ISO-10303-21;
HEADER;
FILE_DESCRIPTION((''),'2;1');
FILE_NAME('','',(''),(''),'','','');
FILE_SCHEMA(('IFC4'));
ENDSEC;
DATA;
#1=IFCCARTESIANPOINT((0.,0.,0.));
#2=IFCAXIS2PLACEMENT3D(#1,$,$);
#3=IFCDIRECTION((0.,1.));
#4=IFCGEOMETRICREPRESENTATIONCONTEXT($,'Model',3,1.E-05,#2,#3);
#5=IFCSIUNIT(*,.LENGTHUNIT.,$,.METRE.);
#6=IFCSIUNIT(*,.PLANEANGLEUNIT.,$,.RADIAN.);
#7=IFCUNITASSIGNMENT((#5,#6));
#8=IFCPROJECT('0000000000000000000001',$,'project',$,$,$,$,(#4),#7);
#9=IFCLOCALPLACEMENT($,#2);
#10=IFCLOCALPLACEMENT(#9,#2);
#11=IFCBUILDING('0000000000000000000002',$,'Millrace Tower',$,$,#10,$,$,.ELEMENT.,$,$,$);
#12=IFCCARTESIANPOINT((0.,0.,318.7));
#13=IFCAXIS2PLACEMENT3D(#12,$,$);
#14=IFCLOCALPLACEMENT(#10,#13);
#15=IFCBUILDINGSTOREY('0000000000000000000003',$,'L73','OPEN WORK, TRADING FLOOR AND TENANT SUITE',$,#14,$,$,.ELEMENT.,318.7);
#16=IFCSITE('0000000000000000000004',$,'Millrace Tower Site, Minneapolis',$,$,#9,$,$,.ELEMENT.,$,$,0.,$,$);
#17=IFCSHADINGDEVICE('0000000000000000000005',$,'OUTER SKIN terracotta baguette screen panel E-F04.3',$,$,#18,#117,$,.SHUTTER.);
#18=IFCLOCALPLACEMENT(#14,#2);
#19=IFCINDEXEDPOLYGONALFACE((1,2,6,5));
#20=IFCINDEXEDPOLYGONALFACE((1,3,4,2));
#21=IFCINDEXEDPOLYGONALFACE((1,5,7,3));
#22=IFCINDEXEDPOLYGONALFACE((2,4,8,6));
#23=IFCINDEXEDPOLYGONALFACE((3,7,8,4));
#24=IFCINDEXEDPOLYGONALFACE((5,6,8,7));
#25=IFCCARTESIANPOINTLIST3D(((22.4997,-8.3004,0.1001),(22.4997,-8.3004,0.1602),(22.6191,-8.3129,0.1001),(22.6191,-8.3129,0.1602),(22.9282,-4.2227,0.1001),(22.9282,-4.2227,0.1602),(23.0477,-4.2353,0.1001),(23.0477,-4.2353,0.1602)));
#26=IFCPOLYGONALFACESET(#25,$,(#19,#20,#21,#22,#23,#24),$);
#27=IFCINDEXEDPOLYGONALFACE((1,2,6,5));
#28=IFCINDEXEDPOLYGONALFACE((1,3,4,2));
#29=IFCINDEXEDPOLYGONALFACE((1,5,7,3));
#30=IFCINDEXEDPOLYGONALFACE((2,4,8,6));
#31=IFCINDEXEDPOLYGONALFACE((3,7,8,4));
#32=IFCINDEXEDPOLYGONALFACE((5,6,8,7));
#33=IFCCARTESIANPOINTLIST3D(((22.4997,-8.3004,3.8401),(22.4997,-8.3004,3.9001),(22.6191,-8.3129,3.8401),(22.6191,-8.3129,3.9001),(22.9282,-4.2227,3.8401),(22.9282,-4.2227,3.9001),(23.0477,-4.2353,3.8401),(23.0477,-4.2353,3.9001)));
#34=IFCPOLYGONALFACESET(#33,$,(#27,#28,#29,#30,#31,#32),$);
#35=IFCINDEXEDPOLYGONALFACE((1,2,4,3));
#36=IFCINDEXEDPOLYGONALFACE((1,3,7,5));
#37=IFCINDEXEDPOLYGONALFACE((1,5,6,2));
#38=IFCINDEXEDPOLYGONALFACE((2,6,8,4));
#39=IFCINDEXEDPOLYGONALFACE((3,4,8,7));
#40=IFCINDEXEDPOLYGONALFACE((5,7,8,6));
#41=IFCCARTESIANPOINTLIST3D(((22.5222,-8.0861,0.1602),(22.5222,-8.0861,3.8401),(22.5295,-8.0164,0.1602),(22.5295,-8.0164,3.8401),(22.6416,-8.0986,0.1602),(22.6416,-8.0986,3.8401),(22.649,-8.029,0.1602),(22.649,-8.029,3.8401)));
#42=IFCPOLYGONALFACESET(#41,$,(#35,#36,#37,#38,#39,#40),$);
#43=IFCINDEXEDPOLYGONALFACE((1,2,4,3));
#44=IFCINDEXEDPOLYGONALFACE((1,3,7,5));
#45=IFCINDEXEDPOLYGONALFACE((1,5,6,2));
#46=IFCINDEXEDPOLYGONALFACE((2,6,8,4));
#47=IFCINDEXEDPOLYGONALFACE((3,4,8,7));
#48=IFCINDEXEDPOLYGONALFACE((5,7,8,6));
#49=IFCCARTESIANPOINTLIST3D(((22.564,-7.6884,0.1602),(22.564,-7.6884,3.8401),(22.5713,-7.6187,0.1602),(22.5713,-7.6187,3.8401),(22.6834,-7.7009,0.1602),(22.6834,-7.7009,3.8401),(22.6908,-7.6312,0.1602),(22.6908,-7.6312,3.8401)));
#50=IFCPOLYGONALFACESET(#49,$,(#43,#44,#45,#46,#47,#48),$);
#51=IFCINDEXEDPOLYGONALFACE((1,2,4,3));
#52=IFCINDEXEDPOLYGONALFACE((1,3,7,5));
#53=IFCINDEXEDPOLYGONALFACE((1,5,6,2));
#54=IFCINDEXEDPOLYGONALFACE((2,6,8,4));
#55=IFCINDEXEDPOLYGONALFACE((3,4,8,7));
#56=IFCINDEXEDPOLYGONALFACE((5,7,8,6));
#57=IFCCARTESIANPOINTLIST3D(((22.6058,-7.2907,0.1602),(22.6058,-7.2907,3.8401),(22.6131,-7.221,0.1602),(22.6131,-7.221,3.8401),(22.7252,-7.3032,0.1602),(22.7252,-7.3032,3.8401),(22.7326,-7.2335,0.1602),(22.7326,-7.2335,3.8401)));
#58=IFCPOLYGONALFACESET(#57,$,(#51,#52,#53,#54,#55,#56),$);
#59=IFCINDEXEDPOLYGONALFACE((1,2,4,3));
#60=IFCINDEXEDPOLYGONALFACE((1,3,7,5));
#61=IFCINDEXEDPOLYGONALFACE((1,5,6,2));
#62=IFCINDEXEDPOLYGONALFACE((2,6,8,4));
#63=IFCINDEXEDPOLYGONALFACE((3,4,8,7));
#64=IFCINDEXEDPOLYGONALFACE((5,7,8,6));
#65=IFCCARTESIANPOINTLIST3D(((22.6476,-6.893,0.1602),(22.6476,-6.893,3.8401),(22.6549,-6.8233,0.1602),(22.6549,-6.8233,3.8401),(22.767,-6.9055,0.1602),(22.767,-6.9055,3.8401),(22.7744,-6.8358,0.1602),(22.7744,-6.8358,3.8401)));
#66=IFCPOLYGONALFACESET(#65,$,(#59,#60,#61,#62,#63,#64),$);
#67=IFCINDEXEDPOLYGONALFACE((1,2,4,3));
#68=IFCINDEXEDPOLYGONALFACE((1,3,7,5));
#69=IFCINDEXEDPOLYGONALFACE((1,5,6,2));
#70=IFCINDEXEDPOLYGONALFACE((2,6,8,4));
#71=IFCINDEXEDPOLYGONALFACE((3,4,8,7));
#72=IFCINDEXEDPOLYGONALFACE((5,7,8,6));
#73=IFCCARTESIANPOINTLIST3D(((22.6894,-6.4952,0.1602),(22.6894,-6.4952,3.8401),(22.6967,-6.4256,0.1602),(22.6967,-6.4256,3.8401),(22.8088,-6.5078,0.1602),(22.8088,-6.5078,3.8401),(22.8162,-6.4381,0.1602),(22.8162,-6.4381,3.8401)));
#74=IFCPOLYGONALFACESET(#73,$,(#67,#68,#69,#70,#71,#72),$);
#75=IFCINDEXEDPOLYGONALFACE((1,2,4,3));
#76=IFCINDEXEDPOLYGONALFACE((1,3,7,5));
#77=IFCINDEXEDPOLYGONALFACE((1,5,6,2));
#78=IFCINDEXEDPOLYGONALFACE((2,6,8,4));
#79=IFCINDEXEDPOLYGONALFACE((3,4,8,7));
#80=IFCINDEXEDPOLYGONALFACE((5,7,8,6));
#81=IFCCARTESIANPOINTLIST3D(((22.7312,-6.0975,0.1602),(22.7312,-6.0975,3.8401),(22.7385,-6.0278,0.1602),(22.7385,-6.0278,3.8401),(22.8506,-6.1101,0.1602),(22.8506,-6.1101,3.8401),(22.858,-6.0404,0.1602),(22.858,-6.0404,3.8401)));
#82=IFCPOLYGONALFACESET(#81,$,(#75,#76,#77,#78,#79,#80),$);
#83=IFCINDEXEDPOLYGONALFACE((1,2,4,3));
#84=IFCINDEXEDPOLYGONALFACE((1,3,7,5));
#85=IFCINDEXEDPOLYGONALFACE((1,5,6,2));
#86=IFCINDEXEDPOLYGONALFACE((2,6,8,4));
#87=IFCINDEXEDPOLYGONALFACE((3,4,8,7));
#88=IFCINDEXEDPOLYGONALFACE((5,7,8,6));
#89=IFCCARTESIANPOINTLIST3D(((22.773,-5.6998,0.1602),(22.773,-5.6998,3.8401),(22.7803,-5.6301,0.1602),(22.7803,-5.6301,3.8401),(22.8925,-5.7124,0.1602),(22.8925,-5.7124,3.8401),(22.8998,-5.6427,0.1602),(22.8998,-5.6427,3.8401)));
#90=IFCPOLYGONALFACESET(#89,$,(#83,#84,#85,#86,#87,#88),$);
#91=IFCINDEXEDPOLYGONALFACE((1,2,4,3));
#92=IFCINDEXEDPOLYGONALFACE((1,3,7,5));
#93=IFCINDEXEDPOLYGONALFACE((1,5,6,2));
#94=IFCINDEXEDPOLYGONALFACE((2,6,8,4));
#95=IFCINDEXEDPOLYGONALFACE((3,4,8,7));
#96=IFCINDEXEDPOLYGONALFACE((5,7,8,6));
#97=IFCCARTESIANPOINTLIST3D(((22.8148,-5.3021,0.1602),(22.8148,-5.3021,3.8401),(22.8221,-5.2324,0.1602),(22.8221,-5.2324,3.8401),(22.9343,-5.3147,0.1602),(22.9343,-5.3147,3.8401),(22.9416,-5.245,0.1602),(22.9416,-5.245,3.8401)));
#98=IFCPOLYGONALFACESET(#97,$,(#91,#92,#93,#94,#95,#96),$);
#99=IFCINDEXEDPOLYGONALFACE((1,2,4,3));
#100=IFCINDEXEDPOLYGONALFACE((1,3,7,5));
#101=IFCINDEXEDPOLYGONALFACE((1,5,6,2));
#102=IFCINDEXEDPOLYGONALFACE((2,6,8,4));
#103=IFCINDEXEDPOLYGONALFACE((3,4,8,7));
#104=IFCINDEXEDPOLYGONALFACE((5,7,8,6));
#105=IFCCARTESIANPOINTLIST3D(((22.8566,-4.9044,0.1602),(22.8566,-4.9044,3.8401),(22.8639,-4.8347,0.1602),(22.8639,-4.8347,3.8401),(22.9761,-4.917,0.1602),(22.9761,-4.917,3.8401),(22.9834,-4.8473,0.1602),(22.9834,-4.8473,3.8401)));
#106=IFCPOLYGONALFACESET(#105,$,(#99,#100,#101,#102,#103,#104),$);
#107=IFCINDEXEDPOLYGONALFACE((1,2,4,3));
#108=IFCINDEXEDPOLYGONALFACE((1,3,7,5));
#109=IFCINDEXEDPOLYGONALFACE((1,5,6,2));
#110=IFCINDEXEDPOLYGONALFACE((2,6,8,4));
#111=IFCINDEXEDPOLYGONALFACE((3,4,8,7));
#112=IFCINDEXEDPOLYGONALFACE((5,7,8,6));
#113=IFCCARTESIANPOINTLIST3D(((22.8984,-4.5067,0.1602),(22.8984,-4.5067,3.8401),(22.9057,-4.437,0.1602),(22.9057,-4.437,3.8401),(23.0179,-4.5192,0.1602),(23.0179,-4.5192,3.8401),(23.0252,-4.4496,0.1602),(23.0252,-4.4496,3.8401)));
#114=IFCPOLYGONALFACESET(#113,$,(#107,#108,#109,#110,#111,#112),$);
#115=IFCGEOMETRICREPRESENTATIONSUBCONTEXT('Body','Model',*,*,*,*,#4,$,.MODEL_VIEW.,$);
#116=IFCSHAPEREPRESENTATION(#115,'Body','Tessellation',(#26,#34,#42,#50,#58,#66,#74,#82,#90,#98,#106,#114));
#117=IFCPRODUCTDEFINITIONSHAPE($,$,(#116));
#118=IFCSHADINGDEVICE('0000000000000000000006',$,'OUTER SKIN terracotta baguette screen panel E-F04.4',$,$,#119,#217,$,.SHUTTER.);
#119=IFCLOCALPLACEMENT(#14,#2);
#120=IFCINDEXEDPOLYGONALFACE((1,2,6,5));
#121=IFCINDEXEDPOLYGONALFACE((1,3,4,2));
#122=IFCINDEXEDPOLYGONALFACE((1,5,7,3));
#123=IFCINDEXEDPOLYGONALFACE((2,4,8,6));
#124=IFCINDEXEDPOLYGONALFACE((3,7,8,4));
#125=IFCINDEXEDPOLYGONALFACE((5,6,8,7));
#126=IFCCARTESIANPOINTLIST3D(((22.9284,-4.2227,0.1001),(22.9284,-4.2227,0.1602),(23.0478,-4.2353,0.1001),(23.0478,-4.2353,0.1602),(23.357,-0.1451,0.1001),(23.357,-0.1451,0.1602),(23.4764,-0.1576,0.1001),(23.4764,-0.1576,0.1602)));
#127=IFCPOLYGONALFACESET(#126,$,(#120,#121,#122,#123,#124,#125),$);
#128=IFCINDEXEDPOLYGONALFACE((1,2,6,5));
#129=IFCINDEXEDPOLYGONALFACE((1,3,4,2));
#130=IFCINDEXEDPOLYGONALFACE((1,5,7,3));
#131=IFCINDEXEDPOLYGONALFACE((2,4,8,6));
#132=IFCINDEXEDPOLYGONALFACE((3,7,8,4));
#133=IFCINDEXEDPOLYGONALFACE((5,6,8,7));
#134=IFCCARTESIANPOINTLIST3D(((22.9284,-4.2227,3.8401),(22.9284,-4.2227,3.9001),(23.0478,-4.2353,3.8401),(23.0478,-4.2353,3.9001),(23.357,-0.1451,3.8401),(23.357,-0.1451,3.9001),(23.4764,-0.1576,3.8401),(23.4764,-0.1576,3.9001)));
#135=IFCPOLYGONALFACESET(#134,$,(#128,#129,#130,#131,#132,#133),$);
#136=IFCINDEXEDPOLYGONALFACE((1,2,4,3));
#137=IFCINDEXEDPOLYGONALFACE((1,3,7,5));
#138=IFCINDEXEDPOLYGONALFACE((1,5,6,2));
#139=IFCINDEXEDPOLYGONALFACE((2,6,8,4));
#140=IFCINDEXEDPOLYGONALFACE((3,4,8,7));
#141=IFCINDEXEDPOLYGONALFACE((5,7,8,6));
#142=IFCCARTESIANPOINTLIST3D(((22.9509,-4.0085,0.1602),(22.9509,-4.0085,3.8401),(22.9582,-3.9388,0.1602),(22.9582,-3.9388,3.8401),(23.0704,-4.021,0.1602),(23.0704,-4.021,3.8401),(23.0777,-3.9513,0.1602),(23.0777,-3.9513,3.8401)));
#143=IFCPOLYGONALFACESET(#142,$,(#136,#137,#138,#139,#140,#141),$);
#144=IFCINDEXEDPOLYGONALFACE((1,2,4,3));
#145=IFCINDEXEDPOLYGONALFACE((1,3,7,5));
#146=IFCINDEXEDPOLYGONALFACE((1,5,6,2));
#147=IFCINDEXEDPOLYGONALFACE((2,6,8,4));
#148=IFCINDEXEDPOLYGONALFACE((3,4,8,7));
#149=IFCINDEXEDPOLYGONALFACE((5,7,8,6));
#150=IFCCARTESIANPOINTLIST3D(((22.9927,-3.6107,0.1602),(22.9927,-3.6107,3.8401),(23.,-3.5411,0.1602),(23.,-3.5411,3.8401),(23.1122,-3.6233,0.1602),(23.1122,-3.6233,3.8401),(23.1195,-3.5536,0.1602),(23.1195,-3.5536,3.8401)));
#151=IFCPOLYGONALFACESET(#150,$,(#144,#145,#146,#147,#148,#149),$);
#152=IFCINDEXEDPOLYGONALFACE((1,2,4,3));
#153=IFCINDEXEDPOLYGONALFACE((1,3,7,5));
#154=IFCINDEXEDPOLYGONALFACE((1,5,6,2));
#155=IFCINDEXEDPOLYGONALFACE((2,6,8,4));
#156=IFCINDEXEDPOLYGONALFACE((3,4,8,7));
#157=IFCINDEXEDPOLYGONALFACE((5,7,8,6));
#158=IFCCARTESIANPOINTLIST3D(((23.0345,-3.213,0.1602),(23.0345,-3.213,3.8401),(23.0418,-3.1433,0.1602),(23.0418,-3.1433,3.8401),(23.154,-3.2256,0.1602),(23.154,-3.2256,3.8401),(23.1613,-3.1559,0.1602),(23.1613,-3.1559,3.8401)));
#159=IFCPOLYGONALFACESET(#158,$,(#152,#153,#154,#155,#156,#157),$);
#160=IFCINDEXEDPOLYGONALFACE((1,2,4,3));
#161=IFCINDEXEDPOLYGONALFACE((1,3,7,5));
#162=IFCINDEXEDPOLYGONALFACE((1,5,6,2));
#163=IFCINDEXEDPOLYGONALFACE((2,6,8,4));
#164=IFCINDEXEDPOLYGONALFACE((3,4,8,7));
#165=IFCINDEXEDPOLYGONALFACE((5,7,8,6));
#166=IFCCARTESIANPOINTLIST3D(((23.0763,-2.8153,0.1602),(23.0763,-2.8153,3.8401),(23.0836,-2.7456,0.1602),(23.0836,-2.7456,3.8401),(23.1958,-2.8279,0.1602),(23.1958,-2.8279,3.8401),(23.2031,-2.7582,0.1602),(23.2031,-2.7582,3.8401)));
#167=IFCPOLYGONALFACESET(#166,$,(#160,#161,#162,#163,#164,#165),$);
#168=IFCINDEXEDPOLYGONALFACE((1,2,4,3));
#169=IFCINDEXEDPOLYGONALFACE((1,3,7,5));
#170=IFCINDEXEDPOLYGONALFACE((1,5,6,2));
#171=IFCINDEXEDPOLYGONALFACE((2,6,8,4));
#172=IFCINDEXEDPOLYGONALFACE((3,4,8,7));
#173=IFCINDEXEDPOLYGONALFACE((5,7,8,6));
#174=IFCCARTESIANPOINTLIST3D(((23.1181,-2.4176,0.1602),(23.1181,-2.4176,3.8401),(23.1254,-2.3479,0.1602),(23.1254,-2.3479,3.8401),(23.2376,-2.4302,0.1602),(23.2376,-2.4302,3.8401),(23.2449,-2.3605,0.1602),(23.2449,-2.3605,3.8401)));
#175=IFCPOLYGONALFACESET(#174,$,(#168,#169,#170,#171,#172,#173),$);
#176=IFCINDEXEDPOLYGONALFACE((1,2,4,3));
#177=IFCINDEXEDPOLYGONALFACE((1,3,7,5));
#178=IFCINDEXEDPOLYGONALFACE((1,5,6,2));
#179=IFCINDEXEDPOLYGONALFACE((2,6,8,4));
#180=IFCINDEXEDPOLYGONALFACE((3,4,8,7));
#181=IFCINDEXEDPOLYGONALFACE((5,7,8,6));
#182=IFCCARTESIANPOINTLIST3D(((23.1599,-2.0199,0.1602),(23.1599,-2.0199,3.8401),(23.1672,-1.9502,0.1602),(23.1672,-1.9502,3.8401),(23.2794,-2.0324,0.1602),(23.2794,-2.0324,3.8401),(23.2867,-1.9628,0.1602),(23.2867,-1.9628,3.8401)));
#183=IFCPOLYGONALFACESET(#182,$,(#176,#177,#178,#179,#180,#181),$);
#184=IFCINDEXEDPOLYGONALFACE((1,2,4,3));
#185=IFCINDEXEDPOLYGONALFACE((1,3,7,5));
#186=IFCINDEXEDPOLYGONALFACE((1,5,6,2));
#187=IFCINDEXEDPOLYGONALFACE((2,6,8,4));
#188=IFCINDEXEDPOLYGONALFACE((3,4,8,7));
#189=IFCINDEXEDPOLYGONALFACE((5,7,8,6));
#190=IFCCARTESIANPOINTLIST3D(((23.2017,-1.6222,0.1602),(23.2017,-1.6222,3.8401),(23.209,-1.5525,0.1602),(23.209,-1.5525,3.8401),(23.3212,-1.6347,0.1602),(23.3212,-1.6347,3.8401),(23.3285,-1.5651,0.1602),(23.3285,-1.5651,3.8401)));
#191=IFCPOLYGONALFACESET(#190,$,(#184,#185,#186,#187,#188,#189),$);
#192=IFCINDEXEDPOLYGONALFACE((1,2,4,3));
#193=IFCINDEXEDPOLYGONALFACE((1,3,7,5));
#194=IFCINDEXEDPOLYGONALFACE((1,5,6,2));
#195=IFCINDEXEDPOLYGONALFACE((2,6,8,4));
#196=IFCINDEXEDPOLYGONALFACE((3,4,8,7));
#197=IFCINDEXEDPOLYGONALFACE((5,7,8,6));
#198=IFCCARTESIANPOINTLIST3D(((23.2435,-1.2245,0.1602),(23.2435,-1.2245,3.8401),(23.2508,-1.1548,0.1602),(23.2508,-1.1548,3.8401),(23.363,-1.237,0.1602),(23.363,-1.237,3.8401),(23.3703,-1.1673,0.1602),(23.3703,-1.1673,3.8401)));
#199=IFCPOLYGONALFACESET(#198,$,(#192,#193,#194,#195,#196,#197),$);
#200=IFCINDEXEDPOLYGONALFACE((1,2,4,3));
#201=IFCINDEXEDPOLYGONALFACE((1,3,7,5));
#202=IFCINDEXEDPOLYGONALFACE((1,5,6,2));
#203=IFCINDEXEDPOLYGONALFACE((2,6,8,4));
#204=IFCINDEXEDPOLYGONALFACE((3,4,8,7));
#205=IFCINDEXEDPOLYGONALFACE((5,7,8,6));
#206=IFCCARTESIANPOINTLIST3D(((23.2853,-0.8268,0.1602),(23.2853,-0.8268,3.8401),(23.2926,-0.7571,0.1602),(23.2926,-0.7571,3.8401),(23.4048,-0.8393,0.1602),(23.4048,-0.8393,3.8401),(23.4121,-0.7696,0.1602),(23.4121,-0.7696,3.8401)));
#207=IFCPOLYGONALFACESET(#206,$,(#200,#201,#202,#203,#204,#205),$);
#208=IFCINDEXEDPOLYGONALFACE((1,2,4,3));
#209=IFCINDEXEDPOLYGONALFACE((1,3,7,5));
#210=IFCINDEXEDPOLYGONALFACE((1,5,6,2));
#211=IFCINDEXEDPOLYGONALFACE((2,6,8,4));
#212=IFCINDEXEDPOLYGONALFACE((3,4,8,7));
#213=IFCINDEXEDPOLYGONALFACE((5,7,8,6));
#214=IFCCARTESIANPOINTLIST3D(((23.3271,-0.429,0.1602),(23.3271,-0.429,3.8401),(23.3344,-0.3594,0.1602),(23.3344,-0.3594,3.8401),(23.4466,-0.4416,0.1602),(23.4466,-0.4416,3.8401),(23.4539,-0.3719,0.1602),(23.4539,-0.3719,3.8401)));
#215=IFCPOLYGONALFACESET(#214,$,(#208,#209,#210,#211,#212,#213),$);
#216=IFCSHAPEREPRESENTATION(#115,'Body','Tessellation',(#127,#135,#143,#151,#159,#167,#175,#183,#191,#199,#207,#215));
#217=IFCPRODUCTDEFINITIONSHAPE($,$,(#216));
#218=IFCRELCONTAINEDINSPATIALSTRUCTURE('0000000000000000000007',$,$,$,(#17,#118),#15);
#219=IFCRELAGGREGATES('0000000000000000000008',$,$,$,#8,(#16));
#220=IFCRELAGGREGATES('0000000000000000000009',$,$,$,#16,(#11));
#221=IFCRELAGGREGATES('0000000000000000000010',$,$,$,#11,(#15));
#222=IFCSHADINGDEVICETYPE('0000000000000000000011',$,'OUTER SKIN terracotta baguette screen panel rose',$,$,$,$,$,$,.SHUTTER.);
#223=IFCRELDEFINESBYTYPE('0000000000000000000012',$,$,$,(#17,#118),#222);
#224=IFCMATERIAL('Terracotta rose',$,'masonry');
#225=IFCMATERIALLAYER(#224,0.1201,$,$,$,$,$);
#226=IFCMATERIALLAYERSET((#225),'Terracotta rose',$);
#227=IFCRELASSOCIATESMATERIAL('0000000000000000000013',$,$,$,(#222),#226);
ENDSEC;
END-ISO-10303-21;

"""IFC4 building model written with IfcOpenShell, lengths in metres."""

from ifc_helpers import new_model, entity, si_unit, direction, frame, frame_2d, origin, place, context, subcontext, project, spatial, rectangle, extrude, source, transform, mapped, material, layer, layer_set, type_object, element, save


model = new_model("IFC4")

# Units and contexts
model_context = context("Model", 3, precision=1e-05, world=origin(), true_north=direction((0.0, 1.0)))
body_context = subcontext(model_context, "Body", "Model", "MODEL_VIEW")
ifc_project = project(units=[si_unit("LENGTHUNIT", "METRE"), si_unit("PLANEANGLEUNIT", "RADIAN")], contexts=[model_context])

# Site, building, storey
site_placement = place(None, origin())
site = spatial("IfcSite", under=ifc_project, at=site_placement, Name="Millrace Tower Site, Minneapolis", CompositionType="ELEMENT", RefElevation=0.0)
building_placement = place(site_placement, origin())
building = spatial("IfcBuilding", under=site, at=building_placement, Name="Millrace Tower", CompositionType="ELEMENT")
storey_placement = place(building_placement, frame((0.0, 0.0, 318.7)))
storey = spatial("IfcBuildingStorey", under=building, at=storey_placement, Name="L73", Description="OPEN WORK, TRADING FLOOR AND TENANT SUITE", CompositionType="ELEMENT", Elevation=318.7)

# Shading devices
ifc_material_1 = material(Name="Terracotta rose", Category="masonry")
ifc_layer_1 = layer(ifc_material_1, 0.1201)
ifc_layer_set_1 = layer_set([ifc_layer_1], Name="Terracotta rose")
shading_device_type = type_object("IfcShadingDeviceType", Name="OUTER SKIN terracotta baguette screen panel rose", PredefinedType="SHUTTER", material=ifc_layer_set_1)
cartesian_point = entity("IfcCartesianPoint", [-2.05, 0.0601])
shared_polyline = entity("IfcPolyline", [cartesian_point, entity("IfcCartesianPoint", [2.05, 0.0601]), entity("IfcCartesianPoint", [2.05, -0.0601]), entity("IfcCartesianPoint", [-2.05, -0.0601]), cartesian_point])
shared_shape = source(origin(), body_context, "Body", "SweptSolid", [
    entity("IfcExtrudedAreaSolid", entity("IfcArbitraryClosedProfileDef", "AREA", None, shared_polyline), entity("IfcAxis2Placement3D", entity("IfcCartesianPoint", [0.0, 0.0, 0.0])), entity("IfcDirection", [0.0, 0.0, 1.0]), 0.0601),
    entity("IfcExtrudedAreaSolid", entity("IfcArbitraryClosedProfileDef", "AREA", None, shared_polyline), entity("IfcAxis2Placement3D", entity("IfcCartesianPoint", [0.0, 0.0, 3.74])), entity("IfcDirection", [0.0, 0.0, 1.0]), 0.0601),
    extrude(rectangle(XDim=0.0701, YDim=0.1201, at=frame_2d((-1.7996, 0.0))), frame((0.0, 0.0, 0.0601)), (0.0, 0.0, 1.0), 3.6799),
    extrude(rectangle(XDim=0.0701, YDim=0.1201, at=frame_2d((-1.3997, 0.0))), frame((0.0, 0.0, 0.0601)), (0.0, 0.0, 1.0), 3.6799),
    extrude(rectangle(XDim=0.0701, YDim=0.1201, at=frame_2d((-0.9998, 0.0))), frame((0.0, 0.0, 0.0601)), (0.0, 0.0, 1.0), 3.6799),
    extrude(rectangle(XDim=0.0701, YDim=0.1201, at=frame_2d((-0.5999, 0.0))), frame((0.0, 0.0, 0.0601)), (0.0, 0.0, 1.0), 3.6799),
    extrude(rectangle(XDim=0.0701, YDim=0.1201, at=frame_2d((-0.2, 0.0))), frame((0.0, 0.0, 0.0601)), (0.0, 0.0, 1.0), 3.6799),
    extrude(rectangle(XDim=0.0701, YDim=0.1201, at=frame_2d((0.2, 0.0))), frame((0.0, 0.0, 0.0601)), (0.0, 0.0, 1.0), 3.6799),
    extrude(rectangle(XDim=0.0701, YDim=0.1201, at=frame_2d((0.5999, 0.0))), frame((0.0, 0.0, 0.0601)), (0.0, 0.0, 1.0), 3.6799),
    extrude(rectangle(XDim=0.0701, YDim=0.1201, at=frame_2d((0.9998, 0.0))), frame((0.0, 0.0, 0.0601)), (0.0, 0.0, 1.0), 3.6799),
    extrude(rectangle(XDim=0.0701, YDim=0.1201, at=frame_2d((1.3997, 0.0))), frame((0.0, 0.0, 0.0601)), (0.0, 0.0, 1.0), 3.6799),
    extrude(rectangle(XDim=0.0701, YDim=0.1201, at=frame_2d((1.7996, 0.0))), frame((0.0, 0.0, 0.0601)), (0.0, 0.0, 1.0), 3.6799),
])
for number, where, z_axis, x_axis, name in (
    (1, (22.7737, -6.2678, 0.1001), (0.0, 0.0, 1.0), (0.104528, 0.994522, 0.0), "OUTER SKIN terracotta baguette screen panel E-F04.3"),
    (2, (23.2024, -2.1902, 0.1001), (0.0, 0.0, 1.0), (0.104528, 0.994522, 0.0), "OUTER SKIN terracotta baguette screen panel E-F04.4"),
):
    element("IfcShadingDevice", number, at=place(storey_placement, frame(where, z_axis=z_axis, x_axis=x_axis)), inside=storey, type_object=shading_device_type, Name=name, PredefinedType="SHUTTER", context=body_context, shape_type="MappedRepresentation", body=[
        mapped(shared_shape, transform((0.0, 0.0, 0.0), scale=1.0)),
    ])

save(model, "model.ifc")
